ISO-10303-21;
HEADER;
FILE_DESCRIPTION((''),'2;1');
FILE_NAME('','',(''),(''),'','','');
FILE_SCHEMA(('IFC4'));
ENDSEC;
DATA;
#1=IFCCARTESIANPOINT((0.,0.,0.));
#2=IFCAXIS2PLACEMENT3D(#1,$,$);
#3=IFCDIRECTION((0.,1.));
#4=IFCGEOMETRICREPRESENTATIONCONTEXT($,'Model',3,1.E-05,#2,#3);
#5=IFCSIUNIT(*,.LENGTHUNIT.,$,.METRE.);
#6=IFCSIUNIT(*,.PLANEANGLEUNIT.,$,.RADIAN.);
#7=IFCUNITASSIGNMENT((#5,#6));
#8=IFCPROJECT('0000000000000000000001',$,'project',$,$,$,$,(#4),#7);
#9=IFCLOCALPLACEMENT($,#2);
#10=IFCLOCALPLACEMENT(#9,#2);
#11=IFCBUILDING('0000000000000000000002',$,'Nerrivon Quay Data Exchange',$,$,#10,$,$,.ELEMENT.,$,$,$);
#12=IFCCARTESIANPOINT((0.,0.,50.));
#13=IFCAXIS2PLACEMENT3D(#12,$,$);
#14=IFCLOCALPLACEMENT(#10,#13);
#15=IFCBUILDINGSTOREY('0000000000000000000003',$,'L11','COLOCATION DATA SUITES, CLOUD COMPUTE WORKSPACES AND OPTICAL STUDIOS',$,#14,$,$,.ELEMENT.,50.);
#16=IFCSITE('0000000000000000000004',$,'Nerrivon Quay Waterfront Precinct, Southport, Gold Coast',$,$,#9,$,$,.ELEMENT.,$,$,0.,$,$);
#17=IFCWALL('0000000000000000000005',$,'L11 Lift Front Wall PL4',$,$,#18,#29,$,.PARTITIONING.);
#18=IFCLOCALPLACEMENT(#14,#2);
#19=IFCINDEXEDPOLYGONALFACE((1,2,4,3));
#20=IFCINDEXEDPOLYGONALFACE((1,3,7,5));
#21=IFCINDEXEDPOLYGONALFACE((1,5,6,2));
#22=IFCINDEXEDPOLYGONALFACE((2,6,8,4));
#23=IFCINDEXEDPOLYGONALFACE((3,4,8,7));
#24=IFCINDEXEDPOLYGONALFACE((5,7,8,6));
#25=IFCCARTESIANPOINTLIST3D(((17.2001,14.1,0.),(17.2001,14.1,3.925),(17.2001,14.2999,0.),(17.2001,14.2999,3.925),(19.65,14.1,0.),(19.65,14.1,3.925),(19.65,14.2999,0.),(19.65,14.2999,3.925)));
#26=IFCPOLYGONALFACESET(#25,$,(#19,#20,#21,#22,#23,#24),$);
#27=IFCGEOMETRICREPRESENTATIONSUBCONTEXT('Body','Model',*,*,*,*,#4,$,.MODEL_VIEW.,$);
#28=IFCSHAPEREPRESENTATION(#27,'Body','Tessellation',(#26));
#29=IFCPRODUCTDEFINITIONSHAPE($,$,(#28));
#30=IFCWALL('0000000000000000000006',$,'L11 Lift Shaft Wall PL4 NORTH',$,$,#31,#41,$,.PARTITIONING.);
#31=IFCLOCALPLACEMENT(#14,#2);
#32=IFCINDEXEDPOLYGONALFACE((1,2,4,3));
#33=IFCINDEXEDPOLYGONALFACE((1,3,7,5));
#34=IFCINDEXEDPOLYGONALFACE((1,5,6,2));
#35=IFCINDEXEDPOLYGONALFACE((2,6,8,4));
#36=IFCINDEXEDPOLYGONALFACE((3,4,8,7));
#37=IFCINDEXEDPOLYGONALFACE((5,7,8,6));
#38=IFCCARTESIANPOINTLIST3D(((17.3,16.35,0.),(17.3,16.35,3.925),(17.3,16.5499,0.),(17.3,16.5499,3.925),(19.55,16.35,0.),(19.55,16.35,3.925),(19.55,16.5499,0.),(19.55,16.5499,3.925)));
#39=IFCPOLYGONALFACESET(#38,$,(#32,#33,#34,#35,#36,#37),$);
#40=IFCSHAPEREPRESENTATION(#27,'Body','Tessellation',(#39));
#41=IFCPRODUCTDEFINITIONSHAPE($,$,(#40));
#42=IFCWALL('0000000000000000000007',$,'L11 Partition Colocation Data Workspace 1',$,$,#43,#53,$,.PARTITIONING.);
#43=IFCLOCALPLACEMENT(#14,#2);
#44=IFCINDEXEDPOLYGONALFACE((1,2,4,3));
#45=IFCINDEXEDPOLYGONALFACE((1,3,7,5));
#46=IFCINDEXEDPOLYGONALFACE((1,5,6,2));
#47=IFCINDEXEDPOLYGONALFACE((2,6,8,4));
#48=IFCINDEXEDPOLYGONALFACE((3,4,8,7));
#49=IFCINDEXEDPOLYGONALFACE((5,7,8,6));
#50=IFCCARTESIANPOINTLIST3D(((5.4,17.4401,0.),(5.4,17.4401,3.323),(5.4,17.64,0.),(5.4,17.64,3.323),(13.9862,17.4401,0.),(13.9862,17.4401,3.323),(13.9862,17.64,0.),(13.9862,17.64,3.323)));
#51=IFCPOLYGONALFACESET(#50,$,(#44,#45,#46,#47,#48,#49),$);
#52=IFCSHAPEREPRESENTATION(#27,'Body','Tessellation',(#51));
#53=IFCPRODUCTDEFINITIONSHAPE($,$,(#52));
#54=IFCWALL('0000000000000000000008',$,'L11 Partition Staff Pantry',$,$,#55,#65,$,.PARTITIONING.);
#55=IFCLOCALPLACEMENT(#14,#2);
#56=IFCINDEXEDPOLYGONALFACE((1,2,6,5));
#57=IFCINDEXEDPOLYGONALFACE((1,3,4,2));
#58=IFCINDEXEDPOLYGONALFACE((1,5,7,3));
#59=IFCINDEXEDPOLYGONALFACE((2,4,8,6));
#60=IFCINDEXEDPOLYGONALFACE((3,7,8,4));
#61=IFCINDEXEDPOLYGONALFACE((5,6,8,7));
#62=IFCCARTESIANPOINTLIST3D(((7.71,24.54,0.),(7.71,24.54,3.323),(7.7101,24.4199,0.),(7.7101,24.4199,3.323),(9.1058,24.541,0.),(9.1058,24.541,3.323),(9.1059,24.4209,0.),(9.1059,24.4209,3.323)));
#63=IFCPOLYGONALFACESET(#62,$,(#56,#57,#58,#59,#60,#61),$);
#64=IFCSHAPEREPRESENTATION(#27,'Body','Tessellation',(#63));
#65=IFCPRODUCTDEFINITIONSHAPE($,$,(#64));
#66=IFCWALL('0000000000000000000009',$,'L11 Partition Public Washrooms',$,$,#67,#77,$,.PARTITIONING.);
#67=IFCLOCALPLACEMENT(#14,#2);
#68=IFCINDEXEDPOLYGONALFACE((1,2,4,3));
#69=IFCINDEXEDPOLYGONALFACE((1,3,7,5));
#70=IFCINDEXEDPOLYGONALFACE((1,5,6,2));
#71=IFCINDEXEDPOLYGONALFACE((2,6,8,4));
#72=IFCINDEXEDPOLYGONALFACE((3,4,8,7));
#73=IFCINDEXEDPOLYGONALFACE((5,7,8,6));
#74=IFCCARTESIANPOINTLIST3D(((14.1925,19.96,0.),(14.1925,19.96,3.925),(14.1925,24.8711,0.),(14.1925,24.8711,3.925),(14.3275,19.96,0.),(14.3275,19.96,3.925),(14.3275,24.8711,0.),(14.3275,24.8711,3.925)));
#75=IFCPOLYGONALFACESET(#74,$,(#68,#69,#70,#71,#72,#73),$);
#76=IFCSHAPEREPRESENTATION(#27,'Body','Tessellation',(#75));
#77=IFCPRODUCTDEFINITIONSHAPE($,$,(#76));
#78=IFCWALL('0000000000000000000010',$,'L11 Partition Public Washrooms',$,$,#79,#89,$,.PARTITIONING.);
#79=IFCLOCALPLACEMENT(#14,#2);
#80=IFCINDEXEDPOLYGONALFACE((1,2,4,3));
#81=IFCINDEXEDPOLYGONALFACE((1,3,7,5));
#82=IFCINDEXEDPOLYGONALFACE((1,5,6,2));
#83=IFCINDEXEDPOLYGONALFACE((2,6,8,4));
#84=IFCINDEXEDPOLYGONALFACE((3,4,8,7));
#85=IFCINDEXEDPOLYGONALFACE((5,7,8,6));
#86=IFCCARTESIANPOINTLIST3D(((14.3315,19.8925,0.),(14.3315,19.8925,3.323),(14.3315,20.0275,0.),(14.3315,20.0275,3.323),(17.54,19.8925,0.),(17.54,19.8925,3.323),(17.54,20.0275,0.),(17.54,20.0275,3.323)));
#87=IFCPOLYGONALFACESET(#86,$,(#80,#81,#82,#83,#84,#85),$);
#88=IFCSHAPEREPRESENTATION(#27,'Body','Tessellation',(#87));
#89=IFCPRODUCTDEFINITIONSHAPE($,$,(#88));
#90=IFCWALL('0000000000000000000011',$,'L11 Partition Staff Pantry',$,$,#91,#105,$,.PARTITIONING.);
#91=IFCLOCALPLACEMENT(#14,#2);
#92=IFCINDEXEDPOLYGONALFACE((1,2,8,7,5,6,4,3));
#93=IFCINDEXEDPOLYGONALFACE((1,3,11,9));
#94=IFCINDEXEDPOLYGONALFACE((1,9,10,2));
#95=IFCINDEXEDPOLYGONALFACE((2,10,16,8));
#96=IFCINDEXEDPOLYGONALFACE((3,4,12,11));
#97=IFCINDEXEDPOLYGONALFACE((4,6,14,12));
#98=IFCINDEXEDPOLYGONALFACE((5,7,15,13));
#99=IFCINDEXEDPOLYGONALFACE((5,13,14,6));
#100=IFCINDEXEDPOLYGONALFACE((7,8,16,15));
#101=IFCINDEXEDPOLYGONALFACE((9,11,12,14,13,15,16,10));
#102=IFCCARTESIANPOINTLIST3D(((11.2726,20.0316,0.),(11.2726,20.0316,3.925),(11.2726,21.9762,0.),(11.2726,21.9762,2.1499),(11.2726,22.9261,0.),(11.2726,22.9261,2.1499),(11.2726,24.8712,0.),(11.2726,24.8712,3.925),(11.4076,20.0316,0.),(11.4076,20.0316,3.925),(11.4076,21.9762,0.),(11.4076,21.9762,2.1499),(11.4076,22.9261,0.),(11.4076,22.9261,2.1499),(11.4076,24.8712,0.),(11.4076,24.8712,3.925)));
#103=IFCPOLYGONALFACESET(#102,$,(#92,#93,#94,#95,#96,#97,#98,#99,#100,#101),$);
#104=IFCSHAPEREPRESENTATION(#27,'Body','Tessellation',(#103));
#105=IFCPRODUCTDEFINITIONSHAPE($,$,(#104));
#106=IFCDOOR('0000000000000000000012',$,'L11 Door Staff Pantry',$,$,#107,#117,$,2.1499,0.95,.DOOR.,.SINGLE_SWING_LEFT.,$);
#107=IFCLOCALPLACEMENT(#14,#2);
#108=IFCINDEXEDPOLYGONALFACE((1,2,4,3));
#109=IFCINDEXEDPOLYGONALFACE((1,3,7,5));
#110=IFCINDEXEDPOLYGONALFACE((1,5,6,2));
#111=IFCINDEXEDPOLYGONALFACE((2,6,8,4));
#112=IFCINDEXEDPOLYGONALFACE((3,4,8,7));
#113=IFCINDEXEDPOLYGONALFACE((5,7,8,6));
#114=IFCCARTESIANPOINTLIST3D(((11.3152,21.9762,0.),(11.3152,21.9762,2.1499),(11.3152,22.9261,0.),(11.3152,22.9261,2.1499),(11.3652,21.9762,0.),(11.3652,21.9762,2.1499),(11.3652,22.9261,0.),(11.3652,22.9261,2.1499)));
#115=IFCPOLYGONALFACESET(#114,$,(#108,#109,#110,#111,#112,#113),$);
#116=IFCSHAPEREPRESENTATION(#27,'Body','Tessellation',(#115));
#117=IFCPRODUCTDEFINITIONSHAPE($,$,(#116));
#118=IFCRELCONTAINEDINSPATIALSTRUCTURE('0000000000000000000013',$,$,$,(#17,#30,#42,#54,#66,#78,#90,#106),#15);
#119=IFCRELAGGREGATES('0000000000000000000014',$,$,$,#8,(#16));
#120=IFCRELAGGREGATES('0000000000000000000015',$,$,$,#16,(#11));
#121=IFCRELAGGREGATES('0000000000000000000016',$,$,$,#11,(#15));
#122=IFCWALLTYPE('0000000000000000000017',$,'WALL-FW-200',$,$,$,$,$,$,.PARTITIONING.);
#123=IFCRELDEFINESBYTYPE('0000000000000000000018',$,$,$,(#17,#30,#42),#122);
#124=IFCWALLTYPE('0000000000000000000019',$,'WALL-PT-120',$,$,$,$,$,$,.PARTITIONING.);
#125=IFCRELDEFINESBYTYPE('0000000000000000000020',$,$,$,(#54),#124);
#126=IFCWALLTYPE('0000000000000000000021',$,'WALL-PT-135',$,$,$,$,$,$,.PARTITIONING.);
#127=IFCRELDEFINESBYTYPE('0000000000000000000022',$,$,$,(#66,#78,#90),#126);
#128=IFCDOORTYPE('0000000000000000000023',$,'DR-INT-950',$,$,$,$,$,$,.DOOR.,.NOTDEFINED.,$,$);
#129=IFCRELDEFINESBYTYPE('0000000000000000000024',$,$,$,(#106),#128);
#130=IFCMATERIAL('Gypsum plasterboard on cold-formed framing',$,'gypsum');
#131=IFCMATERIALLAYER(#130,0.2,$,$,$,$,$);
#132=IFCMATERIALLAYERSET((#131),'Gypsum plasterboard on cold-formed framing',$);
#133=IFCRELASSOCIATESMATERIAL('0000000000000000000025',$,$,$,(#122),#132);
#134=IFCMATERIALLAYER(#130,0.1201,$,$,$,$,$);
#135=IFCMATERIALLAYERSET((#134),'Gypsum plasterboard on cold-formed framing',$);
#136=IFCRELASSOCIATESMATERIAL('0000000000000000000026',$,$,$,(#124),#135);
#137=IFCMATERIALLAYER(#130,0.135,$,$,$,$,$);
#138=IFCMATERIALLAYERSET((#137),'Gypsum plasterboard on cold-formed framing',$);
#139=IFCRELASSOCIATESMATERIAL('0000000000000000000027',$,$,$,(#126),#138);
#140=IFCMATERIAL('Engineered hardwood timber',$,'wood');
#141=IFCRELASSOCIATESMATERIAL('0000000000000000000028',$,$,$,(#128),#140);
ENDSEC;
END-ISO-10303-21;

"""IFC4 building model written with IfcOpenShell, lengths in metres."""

from ifc_helpers import new_model, si_unit, direction, frame, frame_2d, origin, place, context, subcontext, project, spatial, rectangle, extrude, material, layer, layer_set, type_object, element, fill, save


model = new_model("IFC4")

# Units and contexts
model_context = context("Model", 3, precision=1e-05, world=origin(), true_north=direction((0.0, 1.0)))
body_context = subcontext(model_context, "Body", "Model", "MODEL_VIEW")
ifc_project = project(units=[si_unit("LENGTHUNIT", "METRE"), si_unit("PLANEANGLEUNIT", "RADIAN")], contexts=[model_context])

# Site, building, storey
site_placement = place(None, origin())
site = spatial("IfcSite", under=ifc_project, at=site_placement, Name="Nerrivon Quay Waterfront Precinct, Southport, Gold Coast", CompositionType="ELEMENT", RefElevation=0.0)
building_placement = place(site_placement, origin())
building = spatial("IfcBuilding", under=site, at=building_placement, Name="Nerrivon Quay Data Exchange", CompositionType="ELEMENT")
storey_placement = place(building_placement, frame((0.0, 0.0, 50.0)))
storey = spatial("IfcBuildingStorey", under=building, at=storey_placement, Name="L11", Description="COLOCATION DATA SUITES, CLOUD COMPUTE WORKSPACES AND OPTICAL STUDIOS", CompositionType="ELEMENT", Elevation=50.0)

# Shared definitions
ifc_material_1 = material(Name="Gypsum plasterboard on cold-formed framing", Category="gypsum")
ifc_layer_1 = layer(ifc_material_1, 0.2)
ifc_layer_set_1 = layer_set([ifc_layer_1], Name="Gypsum plasterboard on cold-formed framing")
wall_type_1 = type_object("IfcWallType", Name="WALL-FW-200", PredefinedType="PARTITIONING", material=ifc_layer_set_1)

# Walls
wall_1_placement = place(storey_placement, frame((17.2, 14.2, 0.0), z_axis=(0.0, 0.0, 1.0), x_axis=(1.0, 0.0, 0.0)))
element("IfcWall", 1, at=wall_1_placement, inside=storey, type_object=wall_type_1, Name="L11 Lift Front Wall PL4", PredefinedType="PARTITIONING", context=body_context, shape_type="SweptSolid", body=[
    extrude(rectangle(XDim=2.45, YDim=0.2, at=frame_2d((1.2251, 0.0))), origin(), (0.0, 0.0, 1.0), 3.925),
])
wall_2_placement = place(storey_placement, frame((17.3, 16.45, 0.0), z_axis=(0.0, 0.0, 1.0), x_axis=(1.0, 0.0, 0.0)))
element("IfcWall", 2, at=wall_2_placement, inside=storey, type_object=wall_type_1, Name="L11 Lift Shaft Wall PL4 NORTH", PredefinedType="PARTITIONING", context=body_context, shape_type="SweptSolid", body=[
    extrude(rectangle(XDim=2.25, YDim=0.2, at=frame_2d((1.125, 0.0))), origin(), (0.0, 0.0, 1.0), 3.925),
])
wall_3_placement = place(storey_placement, frame((13.9861, 17.54, 0.0), z_axis=(0.0, 0.0, 1.0), x_axis=(-1.0, 0.0, 0.0)))
element("IfcWall", 3, at=wall_3_placement, inside=storey, type_object=wall_type_1, Name="L11 Partition Colocation Data Workspace 1", PredefinedType="PARTITIONING", context=body_context, shape_type="SweptSolid", body=[
    extrude(rectangle(XDim=8.5862, YDim=0.2, at=frame_2d((4.293, 0.0))), origin(), (0.0, 0.0, 1.0), 3.323),
])
ifc_layer_2 = layer(ifc_material_1, 0.1201)
ifc_layer_set_2 = layer_set([ifc_layer_2], Name="Gypsum plasterboard on cold-formed framing")
wall_type_2 = type_object("IfcWallType", Name="WALL-PT-120", PredefinedType="PARTITIONING", material=ifc_layer_set_2)
wall_4_placement = place(storey_placement, frame((9.1057, 24.481, 0.0), z_axis=(0.0, 0.0, 1.0), x_axis=(-1.0, -0.0007, 0.0)))
element("IfcWall", 4, at=wall_4_placement, inside=storey, type_object=wall_type_2, Name="L11 Partition Staff Pantry", PredefinedType="PARTITIONING", context=body_context, shape_type="SweptSolid", body=[
    extrude(rectangle(XDim=1.3958, YDim=0.1201, at=frame_2d((0.6978, 0.0))), origin(), (0.0, 0.0, 1.0), 3.323),
])
ifc_layer_3 = layer(ifc_material_1, 0.135)
ifc_layer_set_3 = layer_set([ifc_layer_3], Name="Gypsum plasterboard on cold-formed framing")
wall_type_3 = type_object("IfcWallType", Name="WALL-PT-135", PredefinedType="PARTITIONING", material=ifc_layer_set_3)
wall_5_placement = place(storey_placement, frame((14.26, 24.8711, 0.0), z_axis=(0.0, 0.0, 1.0), x_axis=(0.0, -1.0, 0.0)))
element("IfcWall", 5, at=wall_5_placement, inside=storey, type_object=wall_type_3, Name="L11 Partition Public Washrooms", PredefinedType="PARTITIONING", context=body_context, shape_type="SweptSolid", body=[
    extrude(rectangle(XDim=4.9111, YDim=0.135, at=frame_2d((2.4556, 0.0))), origin(), (0.0, 0.0, 1.0), 3.925),
])
wall_6_placement = place(storey_placement, frame((14.3315, 19.96, 0.0), z_axis=(0.0, 0.0, 1.0), x_axis=(1.0, 0.0, 0.0)))
element("IfcWall", 6, at=wall_6_placement, inside=storey, type_object=wall_type_3, Name="L11 Partition Public Washrooms", PredefinedType="PARTITIONING", context=body_context, shape_type="SweptSolid", body=[
    extrude(rectangle(XDim=3.2085, YDim=0.135, at=frame_2d((1.6042, 0.0))), origin(), (0.0, 0.0, 1.0), 3.323),
])

# Wall, opening, door
wall_7_placement = place(storey_placement, frame((11.3401, 20.0315, 0.0), z_axis=(0.0, 0.0, 1.0), x_axis=(0.0, 1.0, 0.0)))
wall_7 = element("IfcWall", 7, at=wall_7_placement, inside=storey, type_object=wall_type_3, Name="L11 Partition Staff Pantry", PredefinedType="PARTITIONING", context=body_context, shape_type="SweptSolid", body=[
    extrude(rectangle(XDim=4.8396, YDim=0.135, at=frame_2d((2.4199, 0.0))), origin(), (0.0, 0.0, 1.0), 3.925),
])
opening_1_placement = place(wall_7_placement, frame((1.9446, 0.0, 0.0)))
opening_1 = element("IfcOpeningElement", 8, at=opening_1_placement, cuts=wall_7, PredefinedType="OPENING", context=body_context, shape_type="SweptSolid", body=[
    extrude(rectangle(XDim=0.95, YDim=2.1499, at=frame_2d((0.4751, 1.075))), frame((0.0, 0.0774, 0.0), z_axis=(0.0, -1.0, 0.0), x_axis=(1.0, 0.0, 0.0)), (0.0, 0.0, 1.0), 0.155),
])
ifc_material_2 = material(Name="Engineered hardwood timber", Category="wood")
door_type_1 = type_object("IfcDoorType", Name="DR-INT-950", OperationType="NOTDEFINED", PredefinedType="DOOR", material=ifc_material_2)
door_1_placement = place(opening_1_placement, origin())
door_1 = element("IfcDoor", 9, at=door_1_placement, inside=storey, type_object=door_type_1, Name="L11 Door Staff Pantry", OperationType="SINGLE_SWING_LEFT", OverallHeight=2.1499, OverallWidth=0.95, PredefinedType="DOOR", context=body_context, shape_type="SweptSolid", body=[
    extrude(rectangle(XDim=0.95, YDim=2.1499, at=frame_2d((0.4751, 1.075))), frame((0.0, 0.0249, 0.0), z_axis=(0.0, -1.0, 0.0), x_axis=(1.0, 0.0, 0.0)), (0.0, 0.0, 1.0), 0.05),
])
fill(opening_1, door_1)

save(model, "model.ifc")
